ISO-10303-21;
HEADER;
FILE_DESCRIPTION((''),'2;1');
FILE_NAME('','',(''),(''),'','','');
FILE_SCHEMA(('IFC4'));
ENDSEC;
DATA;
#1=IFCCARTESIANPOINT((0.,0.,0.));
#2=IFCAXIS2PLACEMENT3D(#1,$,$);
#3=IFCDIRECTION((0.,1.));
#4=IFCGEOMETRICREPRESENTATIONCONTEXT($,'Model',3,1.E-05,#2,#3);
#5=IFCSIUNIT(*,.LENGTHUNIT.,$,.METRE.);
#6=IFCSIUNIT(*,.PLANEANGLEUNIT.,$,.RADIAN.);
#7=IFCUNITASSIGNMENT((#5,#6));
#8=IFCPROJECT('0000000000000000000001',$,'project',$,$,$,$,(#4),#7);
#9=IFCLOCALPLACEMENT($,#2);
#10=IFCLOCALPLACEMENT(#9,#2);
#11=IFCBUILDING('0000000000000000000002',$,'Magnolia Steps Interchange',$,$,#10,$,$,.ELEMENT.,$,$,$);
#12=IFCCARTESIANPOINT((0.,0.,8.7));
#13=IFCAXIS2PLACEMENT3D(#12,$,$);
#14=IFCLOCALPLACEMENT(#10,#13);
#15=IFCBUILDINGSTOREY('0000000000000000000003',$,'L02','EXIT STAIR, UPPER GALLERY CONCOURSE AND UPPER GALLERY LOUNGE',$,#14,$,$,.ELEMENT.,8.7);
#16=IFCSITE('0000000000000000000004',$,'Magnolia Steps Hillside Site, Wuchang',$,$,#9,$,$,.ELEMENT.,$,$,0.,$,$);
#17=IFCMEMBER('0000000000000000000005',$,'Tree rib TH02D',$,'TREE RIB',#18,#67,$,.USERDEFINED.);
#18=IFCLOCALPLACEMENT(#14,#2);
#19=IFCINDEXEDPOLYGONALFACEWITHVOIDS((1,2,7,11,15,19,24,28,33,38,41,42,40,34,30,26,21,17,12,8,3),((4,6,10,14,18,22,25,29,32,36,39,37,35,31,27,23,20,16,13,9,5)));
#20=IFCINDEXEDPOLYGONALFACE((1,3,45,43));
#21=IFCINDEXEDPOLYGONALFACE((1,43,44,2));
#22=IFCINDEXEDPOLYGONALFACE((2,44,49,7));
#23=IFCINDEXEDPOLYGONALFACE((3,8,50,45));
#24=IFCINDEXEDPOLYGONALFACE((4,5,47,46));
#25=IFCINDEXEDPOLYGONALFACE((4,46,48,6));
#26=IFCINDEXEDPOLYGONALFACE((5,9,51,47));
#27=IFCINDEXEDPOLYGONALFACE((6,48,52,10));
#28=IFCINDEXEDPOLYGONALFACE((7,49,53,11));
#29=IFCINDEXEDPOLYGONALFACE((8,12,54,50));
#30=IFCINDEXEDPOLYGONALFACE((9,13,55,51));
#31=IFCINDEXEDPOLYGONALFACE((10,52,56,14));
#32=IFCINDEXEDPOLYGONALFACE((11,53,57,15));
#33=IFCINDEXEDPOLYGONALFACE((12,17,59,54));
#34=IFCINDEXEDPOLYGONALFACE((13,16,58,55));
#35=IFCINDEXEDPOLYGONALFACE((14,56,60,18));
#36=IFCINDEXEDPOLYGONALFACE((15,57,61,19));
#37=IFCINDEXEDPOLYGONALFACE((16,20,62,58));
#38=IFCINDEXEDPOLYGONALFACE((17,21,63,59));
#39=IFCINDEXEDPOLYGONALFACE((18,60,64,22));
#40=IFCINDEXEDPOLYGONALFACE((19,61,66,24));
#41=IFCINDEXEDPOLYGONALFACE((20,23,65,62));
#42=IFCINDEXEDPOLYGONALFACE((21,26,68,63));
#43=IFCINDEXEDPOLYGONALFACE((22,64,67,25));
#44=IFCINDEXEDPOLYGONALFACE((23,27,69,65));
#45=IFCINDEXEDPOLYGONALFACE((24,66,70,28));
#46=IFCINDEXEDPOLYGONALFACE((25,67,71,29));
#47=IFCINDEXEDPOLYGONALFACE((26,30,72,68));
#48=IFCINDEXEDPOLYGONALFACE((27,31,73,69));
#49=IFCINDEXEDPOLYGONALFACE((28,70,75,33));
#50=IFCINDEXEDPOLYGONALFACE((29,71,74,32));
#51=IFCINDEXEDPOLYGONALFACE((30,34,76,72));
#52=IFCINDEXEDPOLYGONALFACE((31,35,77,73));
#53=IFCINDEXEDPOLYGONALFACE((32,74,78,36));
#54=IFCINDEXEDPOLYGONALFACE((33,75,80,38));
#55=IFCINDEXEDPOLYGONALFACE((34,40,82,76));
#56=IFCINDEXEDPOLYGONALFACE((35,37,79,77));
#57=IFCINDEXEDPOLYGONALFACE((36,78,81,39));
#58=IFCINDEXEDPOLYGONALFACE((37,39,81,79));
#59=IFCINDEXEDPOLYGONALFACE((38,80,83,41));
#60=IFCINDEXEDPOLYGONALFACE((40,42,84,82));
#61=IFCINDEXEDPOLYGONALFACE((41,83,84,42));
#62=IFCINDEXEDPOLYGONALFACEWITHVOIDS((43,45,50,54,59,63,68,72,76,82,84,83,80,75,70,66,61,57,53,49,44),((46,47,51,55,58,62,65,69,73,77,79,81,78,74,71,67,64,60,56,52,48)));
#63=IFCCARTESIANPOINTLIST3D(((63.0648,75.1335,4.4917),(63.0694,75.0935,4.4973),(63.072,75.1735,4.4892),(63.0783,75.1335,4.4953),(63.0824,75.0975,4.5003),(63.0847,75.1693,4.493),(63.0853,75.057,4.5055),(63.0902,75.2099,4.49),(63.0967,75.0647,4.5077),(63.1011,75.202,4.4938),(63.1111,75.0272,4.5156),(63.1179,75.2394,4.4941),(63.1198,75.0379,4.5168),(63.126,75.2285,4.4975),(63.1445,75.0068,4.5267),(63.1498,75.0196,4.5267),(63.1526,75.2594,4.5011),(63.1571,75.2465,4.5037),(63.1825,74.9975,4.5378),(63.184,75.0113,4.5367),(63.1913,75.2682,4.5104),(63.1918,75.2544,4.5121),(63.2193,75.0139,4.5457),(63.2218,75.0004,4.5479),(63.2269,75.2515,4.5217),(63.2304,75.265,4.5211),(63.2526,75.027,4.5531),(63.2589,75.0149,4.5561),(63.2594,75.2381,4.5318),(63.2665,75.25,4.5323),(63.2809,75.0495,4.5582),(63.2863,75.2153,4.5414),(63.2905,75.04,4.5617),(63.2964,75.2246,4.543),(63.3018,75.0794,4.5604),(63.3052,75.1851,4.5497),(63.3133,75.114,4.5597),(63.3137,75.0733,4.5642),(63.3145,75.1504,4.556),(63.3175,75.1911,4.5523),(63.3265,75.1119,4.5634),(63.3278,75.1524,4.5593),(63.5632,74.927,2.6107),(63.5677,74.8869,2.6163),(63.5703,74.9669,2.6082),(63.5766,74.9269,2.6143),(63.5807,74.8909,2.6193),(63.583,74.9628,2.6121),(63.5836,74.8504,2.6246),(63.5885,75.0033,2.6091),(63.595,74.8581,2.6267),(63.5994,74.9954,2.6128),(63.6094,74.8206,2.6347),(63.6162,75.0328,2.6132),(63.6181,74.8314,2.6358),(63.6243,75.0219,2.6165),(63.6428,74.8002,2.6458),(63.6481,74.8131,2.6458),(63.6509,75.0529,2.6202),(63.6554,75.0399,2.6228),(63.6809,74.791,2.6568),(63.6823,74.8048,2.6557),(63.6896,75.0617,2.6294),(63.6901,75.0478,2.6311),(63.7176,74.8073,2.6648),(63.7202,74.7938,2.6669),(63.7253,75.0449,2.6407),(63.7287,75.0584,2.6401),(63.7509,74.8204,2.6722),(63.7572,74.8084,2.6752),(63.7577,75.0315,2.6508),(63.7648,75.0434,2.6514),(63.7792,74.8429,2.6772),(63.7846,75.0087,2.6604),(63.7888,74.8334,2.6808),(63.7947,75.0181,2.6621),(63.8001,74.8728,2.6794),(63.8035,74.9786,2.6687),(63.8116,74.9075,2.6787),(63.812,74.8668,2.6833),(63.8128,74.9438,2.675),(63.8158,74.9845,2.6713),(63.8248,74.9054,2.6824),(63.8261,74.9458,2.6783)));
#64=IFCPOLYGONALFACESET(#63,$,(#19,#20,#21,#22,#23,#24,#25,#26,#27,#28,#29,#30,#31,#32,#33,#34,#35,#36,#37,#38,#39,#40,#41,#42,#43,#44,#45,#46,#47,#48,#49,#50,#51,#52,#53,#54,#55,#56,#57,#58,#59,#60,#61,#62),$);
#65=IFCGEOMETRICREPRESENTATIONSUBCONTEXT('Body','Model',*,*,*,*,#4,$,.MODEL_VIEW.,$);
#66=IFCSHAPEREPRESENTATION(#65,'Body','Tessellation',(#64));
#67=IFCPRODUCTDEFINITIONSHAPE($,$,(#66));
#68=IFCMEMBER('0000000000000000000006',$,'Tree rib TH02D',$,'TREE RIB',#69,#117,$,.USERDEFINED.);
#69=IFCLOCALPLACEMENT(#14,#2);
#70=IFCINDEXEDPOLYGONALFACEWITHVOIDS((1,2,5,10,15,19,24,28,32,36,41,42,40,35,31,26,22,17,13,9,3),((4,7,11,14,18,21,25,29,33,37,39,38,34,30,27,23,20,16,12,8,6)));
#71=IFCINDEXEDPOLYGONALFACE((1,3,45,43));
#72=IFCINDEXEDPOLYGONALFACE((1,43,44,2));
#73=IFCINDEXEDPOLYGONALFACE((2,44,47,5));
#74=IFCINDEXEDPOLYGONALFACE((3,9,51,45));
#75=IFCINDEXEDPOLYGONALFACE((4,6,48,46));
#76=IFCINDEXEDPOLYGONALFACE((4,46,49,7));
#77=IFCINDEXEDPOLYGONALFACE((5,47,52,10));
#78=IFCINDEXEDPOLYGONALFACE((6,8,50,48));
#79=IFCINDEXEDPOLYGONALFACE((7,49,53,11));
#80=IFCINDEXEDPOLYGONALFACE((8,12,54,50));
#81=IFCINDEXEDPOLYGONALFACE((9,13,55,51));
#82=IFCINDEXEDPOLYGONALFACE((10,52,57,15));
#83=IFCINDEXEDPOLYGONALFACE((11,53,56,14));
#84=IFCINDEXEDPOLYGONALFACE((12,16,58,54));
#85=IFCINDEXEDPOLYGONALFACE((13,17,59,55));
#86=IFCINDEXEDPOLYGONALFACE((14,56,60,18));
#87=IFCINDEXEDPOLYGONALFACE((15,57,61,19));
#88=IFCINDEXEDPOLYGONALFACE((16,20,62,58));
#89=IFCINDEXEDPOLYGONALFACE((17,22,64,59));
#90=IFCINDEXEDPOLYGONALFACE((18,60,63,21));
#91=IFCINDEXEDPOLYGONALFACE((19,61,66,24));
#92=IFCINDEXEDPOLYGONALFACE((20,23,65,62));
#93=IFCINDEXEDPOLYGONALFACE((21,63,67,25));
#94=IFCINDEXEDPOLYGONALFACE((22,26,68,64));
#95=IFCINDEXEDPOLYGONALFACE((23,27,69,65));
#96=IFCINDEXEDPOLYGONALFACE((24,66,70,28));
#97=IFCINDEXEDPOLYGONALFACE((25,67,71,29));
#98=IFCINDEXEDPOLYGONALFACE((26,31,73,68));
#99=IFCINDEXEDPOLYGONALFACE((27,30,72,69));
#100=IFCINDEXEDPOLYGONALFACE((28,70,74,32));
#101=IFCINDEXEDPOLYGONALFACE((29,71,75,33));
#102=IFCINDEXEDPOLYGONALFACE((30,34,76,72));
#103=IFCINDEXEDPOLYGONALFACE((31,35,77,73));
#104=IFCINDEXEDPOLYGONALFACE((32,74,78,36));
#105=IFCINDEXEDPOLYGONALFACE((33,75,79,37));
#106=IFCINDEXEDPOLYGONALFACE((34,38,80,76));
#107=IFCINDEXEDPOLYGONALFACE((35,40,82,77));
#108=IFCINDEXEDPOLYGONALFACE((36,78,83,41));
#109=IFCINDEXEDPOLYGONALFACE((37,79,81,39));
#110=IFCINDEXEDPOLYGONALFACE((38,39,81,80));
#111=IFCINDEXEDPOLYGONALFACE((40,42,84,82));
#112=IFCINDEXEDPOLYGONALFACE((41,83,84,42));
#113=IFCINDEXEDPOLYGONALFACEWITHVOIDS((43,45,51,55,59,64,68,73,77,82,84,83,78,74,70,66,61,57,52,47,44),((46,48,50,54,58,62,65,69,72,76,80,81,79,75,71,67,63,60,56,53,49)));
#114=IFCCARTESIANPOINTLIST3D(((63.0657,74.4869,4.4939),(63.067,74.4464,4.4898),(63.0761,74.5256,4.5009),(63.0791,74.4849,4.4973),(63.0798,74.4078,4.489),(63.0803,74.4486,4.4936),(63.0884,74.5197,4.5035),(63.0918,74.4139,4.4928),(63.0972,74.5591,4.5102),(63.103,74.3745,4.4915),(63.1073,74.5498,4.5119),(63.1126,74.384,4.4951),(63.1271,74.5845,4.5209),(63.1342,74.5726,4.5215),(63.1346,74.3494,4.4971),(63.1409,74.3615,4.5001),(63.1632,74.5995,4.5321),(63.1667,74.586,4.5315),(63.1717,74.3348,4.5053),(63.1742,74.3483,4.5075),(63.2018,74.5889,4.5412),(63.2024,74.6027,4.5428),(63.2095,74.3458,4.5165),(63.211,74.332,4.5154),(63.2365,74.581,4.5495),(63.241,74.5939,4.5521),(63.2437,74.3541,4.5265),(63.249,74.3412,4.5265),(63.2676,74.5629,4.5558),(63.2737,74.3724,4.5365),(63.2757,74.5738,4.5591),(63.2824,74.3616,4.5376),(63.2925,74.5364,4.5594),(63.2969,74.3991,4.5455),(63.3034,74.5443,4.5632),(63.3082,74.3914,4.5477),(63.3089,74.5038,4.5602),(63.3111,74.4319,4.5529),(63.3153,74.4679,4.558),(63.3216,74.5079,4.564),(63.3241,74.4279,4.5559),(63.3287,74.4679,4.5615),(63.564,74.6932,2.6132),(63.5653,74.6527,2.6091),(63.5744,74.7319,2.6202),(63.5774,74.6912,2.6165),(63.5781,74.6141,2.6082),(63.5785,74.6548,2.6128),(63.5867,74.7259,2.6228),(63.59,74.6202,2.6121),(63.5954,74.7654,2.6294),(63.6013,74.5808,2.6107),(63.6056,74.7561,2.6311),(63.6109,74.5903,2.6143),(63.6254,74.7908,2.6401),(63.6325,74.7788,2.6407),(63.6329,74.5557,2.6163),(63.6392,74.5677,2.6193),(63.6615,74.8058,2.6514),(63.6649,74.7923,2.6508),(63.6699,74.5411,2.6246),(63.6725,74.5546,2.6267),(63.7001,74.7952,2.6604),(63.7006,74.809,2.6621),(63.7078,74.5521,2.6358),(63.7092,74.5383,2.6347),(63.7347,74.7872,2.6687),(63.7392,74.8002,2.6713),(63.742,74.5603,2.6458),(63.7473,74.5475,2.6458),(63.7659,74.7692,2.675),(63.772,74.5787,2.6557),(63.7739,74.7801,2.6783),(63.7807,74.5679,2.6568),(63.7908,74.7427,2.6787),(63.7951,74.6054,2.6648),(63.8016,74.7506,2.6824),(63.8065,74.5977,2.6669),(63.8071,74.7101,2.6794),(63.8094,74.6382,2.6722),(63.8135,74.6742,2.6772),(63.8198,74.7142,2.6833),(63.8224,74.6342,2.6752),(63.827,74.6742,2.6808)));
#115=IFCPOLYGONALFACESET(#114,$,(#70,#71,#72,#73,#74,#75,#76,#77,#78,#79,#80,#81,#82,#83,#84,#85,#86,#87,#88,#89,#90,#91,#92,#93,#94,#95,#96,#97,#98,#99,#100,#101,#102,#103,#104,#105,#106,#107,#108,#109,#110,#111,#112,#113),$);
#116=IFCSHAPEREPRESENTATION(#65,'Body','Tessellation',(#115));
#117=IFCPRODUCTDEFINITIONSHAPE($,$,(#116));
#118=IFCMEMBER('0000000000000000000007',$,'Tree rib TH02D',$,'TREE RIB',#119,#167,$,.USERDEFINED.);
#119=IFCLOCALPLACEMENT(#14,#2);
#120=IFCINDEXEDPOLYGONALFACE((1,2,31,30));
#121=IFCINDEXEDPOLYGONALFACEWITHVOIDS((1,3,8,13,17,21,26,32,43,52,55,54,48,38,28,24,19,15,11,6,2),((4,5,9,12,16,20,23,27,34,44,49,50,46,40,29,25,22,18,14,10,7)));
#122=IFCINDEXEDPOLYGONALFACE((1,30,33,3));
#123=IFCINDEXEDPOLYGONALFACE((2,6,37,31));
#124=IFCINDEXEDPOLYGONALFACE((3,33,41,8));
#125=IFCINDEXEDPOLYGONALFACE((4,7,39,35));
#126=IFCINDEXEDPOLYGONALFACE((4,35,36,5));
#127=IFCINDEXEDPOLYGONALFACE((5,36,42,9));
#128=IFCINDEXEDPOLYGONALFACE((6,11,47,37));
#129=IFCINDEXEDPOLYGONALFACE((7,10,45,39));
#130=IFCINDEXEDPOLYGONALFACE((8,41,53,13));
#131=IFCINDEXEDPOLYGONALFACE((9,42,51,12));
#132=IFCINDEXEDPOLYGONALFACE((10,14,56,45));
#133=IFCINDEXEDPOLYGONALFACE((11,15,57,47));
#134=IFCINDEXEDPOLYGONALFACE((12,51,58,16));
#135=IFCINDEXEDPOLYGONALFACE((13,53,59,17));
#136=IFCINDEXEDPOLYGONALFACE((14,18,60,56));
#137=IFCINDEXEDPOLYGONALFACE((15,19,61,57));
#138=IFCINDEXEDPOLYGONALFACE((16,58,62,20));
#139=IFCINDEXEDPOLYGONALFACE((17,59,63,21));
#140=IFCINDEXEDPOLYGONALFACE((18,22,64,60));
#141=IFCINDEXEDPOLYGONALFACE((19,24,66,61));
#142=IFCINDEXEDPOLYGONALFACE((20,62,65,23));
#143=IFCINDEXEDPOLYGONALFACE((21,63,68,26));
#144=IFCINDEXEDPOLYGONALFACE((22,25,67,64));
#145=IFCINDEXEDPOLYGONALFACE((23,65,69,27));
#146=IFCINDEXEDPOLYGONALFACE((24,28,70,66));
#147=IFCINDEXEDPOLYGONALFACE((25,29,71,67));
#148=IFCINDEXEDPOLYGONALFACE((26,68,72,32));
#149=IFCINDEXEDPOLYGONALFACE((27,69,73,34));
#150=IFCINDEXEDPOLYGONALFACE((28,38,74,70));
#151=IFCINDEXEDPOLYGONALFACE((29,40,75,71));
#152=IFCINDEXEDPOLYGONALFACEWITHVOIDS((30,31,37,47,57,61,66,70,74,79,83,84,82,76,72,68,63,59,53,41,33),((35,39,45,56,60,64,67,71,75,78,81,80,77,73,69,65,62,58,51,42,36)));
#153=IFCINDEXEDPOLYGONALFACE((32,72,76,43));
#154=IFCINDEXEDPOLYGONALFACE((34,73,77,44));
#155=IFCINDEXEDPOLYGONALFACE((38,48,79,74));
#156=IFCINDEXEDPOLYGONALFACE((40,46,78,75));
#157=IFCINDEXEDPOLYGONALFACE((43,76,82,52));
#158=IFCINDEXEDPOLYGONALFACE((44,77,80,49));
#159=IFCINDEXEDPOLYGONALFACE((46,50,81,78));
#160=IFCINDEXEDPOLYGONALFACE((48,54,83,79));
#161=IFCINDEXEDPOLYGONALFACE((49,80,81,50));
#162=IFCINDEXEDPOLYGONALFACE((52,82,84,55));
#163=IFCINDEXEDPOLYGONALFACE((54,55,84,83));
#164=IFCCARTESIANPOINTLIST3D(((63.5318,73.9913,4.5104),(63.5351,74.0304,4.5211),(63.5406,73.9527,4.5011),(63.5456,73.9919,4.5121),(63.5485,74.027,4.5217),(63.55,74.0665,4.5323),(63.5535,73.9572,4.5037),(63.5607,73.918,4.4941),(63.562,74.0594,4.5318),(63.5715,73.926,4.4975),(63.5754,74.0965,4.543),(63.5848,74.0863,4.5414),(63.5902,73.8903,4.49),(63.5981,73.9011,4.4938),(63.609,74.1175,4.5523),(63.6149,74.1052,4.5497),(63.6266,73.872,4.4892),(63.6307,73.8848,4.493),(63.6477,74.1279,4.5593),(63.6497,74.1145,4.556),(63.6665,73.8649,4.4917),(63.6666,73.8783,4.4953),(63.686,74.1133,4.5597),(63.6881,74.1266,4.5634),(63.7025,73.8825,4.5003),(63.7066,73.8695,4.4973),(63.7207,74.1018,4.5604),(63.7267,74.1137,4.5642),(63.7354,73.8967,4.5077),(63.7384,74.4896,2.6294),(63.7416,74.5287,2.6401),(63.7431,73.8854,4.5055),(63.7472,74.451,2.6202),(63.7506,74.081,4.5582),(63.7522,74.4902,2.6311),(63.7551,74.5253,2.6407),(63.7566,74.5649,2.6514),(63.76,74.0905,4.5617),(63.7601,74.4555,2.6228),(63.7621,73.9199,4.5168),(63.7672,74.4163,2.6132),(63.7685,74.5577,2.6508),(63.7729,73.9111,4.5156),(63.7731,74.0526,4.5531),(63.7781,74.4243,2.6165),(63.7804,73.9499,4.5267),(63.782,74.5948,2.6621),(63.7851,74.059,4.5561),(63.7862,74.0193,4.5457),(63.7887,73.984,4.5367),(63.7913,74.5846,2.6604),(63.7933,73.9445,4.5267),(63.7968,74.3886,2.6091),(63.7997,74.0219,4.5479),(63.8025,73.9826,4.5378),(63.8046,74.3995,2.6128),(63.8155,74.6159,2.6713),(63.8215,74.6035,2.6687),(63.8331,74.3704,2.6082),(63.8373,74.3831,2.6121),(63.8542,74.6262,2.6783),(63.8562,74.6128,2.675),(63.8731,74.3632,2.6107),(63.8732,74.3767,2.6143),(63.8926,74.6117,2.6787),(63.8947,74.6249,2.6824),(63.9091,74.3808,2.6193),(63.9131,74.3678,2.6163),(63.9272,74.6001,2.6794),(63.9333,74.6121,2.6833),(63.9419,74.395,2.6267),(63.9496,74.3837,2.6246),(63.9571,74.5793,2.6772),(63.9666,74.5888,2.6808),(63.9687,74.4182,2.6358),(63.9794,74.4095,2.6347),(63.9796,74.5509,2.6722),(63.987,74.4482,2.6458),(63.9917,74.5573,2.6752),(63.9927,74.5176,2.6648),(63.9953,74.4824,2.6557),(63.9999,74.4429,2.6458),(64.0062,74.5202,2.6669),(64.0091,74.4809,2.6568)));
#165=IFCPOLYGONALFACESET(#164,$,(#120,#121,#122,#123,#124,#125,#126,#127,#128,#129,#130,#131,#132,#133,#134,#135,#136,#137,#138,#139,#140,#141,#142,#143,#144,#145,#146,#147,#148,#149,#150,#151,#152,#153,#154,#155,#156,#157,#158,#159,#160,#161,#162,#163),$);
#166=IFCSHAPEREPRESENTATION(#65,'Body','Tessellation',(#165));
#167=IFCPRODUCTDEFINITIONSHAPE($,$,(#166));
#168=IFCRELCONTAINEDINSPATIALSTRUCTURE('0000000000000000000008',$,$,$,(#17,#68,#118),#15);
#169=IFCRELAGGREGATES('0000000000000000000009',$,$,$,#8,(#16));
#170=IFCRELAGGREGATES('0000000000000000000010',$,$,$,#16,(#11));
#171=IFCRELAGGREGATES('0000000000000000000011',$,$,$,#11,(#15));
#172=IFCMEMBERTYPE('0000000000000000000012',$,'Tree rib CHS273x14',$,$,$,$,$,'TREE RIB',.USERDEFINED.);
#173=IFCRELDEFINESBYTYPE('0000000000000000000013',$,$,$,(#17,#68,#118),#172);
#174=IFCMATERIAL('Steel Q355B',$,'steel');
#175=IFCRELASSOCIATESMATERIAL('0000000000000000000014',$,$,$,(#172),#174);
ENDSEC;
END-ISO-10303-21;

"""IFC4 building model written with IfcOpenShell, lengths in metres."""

from ifc_helpers import new_model, si_unit, direction, frame, origin, origin_2d, place, context, subcontext, project, spatial, hollow_circle, extrude, material, material_profile, profile_set, type_object, element, save


model = new_model("IFC4")

# Units and contexts
model_context = context("Model", 3, precision=1e-05, world=origin(), true_north=direction((0.0, 1.0)))
body_context = subcontext(model_context, "Body", "Model", "MODEL_VIEW")
ifc_project = project(units=[si_unit("LENGTHUNIT", "METRE"), si_unit("PLANEANGLEUNIT", "RADIAN")], contexts=[model_context])

# Site, building, storey
site_placement = place(None, origin())
site = spatial("IfcSite", under=ifc_project, at=site_placement, Name="Magnolia Steps Hillside Site, Wuchang", CompositionType="ELEMENT", RefElevation=0.0)
building_placement = place(site_placement, origin())
building = spatial("IfcBuilding", under=site, at=building_placement, Name="Magnolia Steps Interchange", CompositionType="ELEMENT")
storey_placement = place(building_placement, frame((0.0, 0.0, 8.7)))
storey = spatial("IfcBuildingStorey", under=building, at=storey_placement, Name="L02", Description="EXIT STAIR, UPPER GALLERY CONCOURSE AND UPPER GALLERY LOUNGE", CompositionType="ELEMENT", Elevation=8.7)

# Members
ifc_material_1 = material(Name="Steel Q355B", Category="steel")
ifc_material_profile_1 = material_profile(ifc_material_1, hollow_circle(Radius=0.1365, WallThickness=0.0139, at=origin_2d()), Name="CHS273x14")
ifc_profile_set_1 = profile_set([ifc_material_profile_1], Name="Steel Q355B")
member_type_1 = type_object("IfcMemberType", Name="Tree rib CHS273x14", ElementType="TREE RIB", PredefinedType="USERDEFINED", material=ifc_profile_set_1)
for number, where, z_axis, x_axis, name in (
    (1, (63.6951, 74.9263, 2.6458), (-0.254662, 0.105558, 0.961252), (-0.382911, -0.923785, 0.0), "Tree rib TH02D"),
):
    element("IfcMember", number, at=place(storey_placement, frame(where, z_axis=z_axis, x_axis=x_axis)), inside=storey, type_object=member_type_1, Name=name, ObjectType="TREE RIB", PredefinedType="USERDEFINED", context=body_context, shape_type="SweptSolid", body=[
        extrude(hollow_circle(Radius=0.1365, WallThickness=0.0139, at=origin_2d()), origin(), (0.0, 0.0, 1.0), 1.9568),
    ])
member_1_placement = place(storey_placement, frame((63.6951, 74.6736, 2.6458), z_axis=(-0.254665, -0.105435, 0.961264), x_axis=(0.382525, -0.923945, 0.0)))
element("IfcMember", 2, at=member_1_placement, inside=storey, type_object=member_type_1, Name="Tree rib TH02D", ObjectType="TREE RIB", PredefinedType="USERDEFINED", context=body_context, shape_type="SweptSolid", body=[
    extrude(hollow_circle(Radius=0.1365, WallThickness=0.0139, at=origin_2d()), origin(), (0.0, 0.0, 1.0), 1.9565),
])
for number, where, z_axis, x_axis, name in (
    (3, (63.8738, 74.4951, 2.6458), (-0.105558, -0.254662, 0.961252), (0.923785, -0.382911, 0.0), "Tree rib TH02D"),
):
    element("IfcMember", number, at=place(storey_placement, frame(where, z_axis=z_axis, x_axis=x_axis)), inside=storey, type_object=member_type_1, Name=name, ObjectType="TREE RIB", PredefinedType="USERDEFINED", context=body_context, shape_type="SweptSolid", body=[
        extrude(hollow_circle(Radius=0.1365, WallThickness=0.0139, at=origin_2d()), origin(), (0.0, 0.0, 1.0), 1.9568),
    ])

save(model, "model.ifc")
